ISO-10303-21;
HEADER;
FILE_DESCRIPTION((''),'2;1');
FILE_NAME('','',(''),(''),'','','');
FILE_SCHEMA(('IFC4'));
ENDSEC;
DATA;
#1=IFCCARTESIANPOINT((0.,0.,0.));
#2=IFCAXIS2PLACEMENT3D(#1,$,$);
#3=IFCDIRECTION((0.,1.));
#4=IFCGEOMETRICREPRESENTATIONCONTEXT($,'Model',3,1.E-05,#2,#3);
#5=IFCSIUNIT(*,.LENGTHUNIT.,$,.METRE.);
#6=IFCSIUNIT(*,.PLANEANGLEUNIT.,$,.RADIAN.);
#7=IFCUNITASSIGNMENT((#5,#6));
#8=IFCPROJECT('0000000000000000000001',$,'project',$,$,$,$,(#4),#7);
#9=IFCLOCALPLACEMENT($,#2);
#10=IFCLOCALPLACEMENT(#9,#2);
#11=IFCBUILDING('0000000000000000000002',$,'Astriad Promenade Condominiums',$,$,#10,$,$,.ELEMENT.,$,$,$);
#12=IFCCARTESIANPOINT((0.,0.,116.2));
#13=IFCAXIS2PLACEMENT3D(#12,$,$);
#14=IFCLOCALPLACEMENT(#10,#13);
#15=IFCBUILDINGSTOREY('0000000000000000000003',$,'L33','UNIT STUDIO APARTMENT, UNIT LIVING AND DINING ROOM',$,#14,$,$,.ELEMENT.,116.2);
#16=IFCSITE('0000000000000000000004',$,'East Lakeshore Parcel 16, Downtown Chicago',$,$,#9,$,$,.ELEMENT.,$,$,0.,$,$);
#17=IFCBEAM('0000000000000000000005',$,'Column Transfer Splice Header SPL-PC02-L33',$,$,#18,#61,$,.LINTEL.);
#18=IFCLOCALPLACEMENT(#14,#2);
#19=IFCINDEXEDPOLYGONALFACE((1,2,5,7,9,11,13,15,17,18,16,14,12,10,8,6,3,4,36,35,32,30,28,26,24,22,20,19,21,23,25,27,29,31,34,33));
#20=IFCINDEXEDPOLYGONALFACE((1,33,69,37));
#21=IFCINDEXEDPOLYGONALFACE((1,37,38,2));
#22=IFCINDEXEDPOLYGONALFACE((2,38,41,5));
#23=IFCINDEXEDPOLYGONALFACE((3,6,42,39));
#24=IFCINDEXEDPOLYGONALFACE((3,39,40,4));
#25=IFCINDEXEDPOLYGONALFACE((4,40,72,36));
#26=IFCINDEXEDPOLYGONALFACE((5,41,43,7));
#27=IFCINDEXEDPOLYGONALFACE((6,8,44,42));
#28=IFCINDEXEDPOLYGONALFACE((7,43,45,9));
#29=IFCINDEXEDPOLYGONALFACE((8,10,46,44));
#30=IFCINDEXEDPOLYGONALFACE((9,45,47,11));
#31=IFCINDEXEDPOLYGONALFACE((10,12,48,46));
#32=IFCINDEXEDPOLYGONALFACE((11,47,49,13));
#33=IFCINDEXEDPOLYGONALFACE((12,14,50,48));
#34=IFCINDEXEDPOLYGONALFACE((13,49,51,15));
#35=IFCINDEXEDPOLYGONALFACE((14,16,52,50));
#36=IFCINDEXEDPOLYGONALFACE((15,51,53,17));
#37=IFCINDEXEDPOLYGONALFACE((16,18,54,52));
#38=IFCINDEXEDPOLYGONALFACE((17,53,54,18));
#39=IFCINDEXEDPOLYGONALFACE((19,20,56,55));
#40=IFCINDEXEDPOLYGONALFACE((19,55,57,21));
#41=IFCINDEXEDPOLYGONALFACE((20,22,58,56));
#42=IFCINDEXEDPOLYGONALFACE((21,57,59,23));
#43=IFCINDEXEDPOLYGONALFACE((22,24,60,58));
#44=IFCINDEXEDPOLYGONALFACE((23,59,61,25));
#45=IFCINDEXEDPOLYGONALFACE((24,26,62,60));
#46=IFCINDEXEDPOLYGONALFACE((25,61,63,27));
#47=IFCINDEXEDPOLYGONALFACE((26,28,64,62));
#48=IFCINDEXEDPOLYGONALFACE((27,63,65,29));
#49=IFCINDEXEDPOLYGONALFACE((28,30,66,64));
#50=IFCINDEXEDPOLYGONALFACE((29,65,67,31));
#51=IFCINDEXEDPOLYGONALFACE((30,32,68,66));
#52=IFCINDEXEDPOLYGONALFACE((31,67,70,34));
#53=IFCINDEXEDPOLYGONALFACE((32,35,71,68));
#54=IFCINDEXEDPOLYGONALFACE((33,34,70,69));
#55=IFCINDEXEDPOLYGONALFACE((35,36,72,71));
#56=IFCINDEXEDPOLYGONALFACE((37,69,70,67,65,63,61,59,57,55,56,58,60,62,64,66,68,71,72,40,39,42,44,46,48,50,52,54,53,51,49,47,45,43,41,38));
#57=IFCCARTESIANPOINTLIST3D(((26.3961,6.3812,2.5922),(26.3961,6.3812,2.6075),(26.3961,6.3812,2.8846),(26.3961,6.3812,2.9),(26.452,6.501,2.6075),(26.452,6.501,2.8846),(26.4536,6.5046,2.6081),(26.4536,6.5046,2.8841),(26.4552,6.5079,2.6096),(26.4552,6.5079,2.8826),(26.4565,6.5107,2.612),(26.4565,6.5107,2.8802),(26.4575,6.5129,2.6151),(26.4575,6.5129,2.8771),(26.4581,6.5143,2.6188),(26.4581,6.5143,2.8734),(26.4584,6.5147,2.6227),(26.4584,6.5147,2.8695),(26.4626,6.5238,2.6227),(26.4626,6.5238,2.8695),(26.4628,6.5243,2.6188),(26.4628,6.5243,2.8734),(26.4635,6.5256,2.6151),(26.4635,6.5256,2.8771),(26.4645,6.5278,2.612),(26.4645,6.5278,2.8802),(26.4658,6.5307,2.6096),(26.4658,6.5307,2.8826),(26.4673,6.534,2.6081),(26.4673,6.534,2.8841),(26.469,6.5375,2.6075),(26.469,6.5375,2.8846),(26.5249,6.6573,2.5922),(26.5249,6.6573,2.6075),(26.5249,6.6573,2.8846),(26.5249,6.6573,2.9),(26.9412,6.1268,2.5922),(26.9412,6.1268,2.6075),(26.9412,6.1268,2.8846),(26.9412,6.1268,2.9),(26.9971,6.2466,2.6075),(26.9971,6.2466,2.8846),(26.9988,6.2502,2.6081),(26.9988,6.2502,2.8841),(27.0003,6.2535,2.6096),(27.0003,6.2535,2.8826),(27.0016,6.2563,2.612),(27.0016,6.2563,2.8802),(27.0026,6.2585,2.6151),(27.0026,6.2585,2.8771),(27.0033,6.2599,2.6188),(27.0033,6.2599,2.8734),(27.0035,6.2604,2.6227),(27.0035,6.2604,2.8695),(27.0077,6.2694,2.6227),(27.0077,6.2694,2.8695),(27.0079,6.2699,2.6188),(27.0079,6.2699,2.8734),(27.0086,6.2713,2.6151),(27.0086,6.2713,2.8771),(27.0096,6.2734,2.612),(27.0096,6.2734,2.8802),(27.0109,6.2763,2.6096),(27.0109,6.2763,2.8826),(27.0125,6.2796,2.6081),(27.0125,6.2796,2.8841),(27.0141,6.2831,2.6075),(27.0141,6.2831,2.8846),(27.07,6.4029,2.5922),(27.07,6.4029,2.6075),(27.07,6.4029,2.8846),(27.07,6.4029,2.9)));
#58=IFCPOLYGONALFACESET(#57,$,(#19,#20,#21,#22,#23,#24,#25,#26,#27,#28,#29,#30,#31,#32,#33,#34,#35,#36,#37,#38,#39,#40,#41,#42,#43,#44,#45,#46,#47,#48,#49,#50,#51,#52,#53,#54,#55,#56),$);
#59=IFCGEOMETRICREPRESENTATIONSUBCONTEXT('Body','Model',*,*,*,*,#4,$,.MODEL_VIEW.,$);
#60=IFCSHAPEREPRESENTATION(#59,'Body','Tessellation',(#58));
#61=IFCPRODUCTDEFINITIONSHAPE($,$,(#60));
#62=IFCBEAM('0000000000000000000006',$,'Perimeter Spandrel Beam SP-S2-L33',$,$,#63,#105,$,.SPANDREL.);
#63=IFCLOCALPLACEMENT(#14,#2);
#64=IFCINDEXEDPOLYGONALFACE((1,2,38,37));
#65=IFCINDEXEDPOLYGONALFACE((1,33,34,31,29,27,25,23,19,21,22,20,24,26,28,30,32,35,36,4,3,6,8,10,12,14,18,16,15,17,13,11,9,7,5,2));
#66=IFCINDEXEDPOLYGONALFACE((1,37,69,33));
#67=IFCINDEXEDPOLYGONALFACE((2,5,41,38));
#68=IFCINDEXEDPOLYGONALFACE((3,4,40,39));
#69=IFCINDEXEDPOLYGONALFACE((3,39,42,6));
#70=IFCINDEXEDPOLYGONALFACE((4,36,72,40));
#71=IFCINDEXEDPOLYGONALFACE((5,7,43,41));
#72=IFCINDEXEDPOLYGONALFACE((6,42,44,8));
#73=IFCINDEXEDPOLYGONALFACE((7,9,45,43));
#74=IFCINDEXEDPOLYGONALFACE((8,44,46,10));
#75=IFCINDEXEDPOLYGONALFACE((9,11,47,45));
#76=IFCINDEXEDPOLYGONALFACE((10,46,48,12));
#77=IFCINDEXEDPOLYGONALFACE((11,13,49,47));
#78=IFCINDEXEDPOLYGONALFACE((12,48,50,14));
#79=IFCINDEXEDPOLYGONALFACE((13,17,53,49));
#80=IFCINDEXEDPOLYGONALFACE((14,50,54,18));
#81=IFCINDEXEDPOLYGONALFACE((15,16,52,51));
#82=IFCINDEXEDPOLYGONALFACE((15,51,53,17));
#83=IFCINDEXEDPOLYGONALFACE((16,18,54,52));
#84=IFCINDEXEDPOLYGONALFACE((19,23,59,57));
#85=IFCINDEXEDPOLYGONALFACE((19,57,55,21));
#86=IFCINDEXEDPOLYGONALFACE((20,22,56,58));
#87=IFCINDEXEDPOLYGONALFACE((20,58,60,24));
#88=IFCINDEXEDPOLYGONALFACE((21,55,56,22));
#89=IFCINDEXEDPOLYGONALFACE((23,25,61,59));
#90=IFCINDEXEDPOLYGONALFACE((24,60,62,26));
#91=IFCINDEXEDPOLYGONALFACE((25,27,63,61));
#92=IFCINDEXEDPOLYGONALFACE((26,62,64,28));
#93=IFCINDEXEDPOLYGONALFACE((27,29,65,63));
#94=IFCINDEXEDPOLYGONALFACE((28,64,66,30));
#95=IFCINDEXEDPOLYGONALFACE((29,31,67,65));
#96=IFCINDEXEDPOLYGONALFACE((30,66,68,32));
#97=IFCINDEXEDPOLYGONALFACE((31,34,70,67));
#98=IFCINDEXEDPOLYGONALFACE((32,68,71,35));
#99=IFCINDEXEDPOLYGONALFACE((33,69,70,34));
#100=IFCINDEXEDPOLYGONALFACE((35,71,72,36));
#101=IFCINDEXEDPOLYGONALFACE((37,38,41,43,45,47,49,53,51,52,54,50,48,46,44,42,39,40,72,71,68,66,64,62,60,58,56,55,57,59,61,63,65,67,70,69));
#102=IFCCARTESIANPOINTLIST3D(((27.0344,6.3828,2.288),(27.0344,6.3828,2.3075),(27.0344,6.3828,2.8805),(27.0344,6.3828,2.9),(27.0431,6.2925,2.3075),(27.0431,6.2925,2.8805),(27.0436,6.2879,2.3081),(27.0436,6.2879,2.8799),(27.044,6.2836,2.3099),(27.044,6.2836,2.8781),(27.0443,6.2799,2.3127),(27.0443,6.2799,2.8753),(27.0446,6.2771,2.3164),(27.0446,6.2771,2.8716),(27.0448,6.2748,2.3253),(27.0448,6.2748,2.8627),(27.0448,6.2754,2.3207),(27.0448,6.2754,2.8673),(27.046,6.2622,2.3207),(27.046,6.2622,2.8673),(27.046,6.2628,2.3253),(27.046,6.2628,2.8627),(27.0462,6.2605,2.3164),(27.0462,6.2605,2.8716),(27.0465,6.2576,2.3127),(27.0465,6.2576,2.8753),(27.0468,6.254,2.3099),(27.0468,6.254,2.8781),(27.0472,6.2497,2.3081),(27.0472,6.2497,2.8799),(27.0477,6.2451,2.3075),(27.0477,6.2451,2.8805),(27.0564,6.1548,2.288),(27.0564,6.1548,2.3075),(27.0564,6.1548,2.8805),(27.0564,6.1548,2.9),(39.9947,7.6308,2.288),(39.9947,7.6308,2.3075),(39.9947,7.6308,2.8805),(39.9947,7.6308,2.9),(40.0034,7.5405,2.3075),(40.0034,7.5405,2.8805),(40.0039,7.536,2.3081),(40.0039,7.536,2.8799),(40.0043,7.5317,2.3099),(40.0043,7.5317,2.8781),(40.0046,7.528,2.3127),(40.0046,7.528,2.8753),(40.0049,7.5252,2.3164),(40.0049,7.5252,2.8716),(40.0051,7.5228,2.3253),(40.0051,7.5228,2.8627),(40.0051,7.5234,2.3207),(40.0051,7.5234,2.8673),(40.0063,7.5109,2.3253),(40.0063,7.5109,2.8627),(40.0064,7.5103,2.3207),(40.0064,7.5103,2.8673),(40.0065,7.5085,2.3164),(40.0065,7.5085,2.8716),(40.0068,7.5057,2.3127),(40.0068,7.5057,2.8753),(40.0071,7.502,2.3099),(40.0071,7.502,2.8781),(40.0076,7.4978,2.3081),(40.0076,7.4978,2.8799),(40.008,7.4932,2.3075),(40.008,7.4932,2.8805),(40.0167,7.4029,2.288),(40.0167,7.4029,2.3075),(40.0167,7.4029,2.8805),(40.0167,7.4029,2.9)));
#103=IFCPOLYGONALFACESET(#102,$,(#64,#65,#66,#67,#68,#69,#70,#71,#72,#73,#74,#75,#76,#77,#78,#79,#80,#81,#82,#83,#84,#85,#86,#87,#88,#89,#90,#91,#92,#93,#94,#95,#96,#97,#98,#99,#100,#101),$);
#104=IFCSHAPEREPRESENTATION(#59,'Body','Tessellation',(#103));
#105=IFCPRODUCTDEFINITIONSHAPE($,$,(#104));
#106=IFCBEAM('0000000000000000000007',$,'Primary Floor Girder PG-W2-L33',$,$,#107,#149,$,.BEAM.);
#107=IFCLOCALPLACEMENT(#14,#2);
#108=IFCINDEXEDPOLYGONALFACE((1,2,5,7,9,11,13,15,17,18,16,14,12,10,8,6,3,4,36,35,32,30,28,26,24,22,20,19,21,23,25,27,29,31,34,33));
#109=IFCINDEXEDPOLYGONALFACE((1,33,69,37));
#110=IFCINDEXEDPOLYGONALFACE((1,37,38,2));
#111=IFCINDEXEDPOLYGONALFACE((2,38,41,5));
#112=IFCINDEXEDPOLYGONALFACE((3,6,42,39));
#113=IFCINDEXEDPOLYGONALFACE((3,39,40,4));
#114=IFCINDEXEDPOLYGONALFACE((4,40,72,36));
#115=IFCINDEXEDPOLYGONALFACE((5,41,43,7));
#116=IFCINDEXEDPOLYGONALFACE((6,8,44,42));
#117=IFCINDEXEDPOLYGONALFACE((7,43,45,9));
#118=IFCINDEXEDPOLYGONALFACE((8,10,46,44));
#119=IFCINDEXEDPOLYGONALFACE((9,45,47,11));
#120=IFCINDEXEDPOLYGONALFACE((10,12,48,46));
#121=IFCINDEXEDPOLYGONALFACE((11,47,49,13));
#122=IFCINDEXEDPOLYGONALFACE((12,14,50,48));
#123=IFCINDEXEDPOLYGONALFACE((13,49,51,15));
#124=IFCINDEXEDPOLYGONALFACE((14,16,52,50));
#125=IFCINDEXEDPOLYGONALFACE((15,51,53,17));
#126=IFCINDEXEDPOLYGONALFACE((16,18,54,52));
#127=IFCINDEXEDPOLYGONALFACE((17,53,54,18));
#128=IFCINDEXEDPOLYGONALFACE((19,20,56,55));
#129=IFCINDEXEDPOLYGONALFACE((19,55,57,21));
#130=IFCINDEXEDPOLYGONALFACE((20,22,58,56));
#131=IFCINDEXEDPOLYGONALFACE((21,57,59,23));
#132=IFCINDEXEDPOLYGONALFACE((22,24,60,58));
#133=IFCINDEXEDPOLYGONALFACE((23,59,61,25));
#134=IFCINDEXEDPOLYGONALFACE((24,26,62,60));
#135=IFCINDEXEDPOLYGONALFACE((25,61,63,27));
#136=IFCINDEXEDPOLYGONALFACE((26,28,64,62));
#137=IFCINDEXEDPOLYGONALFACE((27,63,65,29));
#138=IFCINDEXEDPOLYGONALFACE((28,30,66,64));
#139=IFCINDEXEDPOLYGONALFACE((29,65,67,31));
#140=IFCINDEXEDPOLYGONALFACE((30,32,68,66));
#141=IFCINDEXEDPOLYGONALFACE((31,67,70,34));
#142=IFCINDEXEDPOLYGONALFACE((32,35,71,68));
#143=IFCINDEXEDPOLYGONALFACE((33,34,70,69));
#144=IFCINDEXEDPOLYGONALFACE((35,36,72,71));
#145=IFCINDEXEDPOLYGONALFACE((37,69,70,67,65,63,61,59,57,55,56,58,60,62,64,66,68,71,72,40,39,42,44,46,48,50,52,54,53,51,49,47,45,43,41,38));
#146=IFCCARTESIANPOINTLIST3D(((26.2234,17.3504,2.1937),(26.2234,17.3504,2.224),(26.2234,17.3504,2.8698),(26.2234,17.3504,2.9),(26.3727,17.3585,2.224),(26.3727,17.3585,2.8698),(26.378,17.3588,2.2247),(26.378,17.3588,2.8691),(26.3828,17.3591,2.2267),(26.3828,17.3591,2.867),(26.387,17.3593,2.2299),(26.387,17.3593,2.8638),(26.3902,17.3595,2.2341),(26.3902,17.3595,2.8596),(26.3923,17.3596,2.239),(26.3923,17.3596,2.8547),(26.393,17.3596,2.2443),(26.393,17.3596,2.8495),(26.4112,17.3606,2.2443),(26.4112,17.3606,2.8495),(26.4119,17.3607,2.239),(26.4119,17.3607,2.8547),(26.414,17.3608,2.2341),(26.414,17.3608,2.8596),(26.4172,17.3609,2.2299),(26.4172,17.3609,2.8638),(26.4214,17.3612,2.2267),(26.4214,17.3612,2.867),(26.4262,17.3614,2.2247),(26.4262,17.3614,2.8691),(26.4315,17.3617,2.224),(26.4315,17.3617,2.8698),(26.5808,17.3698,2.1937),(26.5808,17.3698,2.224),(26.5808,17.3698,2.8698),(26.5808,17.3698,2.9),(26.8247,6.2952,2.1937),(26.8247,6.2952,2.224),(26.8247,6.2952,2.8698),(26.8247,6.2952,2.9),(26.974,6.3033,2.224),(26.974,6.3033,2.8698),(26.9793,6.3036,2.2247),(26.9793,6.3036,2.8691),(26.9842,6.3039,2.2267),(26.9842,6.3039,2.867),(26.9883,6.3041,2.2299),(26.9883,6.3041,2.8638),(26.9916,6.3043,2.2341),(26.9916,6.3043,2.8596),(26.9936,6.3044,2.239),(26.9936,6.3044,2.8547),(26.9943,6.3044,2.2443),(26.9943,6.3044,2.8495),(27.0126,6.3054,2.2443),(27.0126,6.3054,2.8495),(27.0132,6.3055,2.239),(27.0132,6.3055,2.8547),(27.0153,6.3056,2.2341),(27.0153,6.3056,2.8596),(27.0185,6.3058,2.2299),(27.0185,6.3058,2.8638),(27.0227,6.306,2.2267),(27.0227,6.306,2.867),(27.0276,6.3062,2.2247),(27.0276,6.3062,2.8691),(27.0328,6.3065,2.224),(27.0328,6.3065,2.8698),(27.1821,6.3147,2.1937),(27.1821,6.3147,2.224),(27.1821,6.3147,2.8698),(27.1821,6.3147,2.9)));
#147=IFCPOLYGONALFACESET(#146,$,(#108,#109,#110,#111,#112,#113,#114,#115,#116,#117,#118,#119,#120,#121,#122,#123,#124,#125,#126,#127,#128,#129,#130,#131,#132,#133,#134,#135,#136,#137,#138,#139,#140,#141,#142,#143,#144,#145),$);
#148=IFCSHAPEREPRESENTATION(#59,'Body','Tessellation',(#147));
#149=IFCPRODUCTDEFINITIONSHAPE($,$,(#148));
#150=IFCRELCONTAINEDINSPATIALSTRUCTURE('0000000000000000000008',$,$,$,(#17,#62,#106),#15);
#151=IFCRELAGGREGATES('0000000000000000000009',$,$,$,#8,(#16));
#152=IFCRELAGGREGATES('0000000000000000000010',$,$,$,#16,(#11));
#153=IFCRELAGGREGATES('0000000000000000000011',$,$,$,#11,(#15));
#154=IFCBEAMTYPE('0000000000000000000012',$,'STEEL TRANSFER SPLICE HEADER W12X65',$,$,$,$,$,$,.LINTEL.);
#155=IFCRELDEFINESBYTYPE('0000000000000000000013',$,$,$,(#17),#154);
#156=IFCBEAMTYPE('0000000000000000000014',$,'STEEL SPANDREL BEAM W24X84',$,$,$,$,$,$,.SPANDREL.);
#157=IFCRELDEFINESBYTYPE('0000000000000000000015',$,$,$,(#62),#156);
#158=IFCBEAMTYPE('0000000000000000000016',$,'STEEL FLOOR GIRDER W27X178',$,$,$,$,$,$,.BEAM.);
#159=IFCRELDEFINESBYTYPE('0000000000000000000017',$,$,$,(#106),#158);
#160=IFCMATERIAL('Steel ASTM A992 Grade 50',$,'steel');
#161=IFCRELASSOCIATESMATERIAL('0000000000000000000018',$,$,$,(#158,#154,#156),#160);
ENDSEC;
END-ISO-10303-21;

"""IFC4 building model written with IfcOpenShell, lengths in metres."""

from ifc_helpers import new_model, si_unit, direction, frame, origin, origin_2d, place, context, subcontext, project, spatial, i_section, extrude, source, transform, mapped, material, material_profile, profile_set, type_object, type_shapes, element, save


model = new_model("IFC4")

# Units and contexts
model_context = context("Model", 3, precision=1e-05, world=origin(), true_north=direction((0.0, 1.0)))
body_context = subcontext(model_context, "Body", "Model", "MODEL_VIEW")
ifc_project = project(units=[si_unit("LENGTHUNIT", "METRE"), si_unit("PLANEANGLEUNIT", "RADIAN")], contexts=[model_context])

# Site, building, storey
site_placement = place(None, origin())
site = spatial("IfcSite", under=ifc_project, at=site_placement, Name="East Lakeshore Parcel 16, Downtown Chicago", CompositionType="ELEMENT", RefElevation=0.0)
building_placement = place(site_placement, origin())
building = spatial("IfcBuilding", under=site, at=building_placement, Name="Astriad Promenade Condominiums", CompositionType="ELEMENT")
storey_placement = place(building_placement, frame((0.0, 0.0, 116.2)))
storey = spatial("IfcBuildingStorey", under=building, at=storey_placement, Name="L33", Description="UNIT STUDIO APARTMENT, UNIT LIVING AND DINING ROOM", CompositionType="ELEMENT", Elevation=116.2)

# Shared definitions
ifc_material_1 = material(Name="Steel ASTM A992 Grade 50", Category="steel")

# Beams
ifc_material_profile_1 = material_profile(ifc_material_1, i_section(OverallWidth=0.3579, OverallDepth=0.7063, WebThickness=0.0183, FlangeThickness=0.0303, FilletRadius=0.0203, at=origin_2d()), Name="W27X178")
ifc_profile_set_1 = profile_set([ifc_material_profile_1], Name="Steel ASTM A992 Grade 50")
beam_type_1 = type_object("IfcBeamType", Name="STEEL FLOOR GIRDER W27X178", PredefinedType="BEAM", material=ifc_profile_set_1)
ifc_material_profile_2 = material_profile(ifc_material_1, i_section(OverallWidth=0.3047, OverallDepth=0.3079, WebThickness=0.01, FlangeThickness=0.0154, FilletRadius=0.0151, at=origin_2d()), Name="W12X65")
ifc_profile_set_2 = profile_set([ifc_material_profile_2], Name="Steel ASTM A992 Grade 50")
beam_type_2 = type_object("IfcBeamType", Name="STEEL TRANSFER SPLICE HEADER W12X65", PredefinedType="LINTEL", material=ifc_profile_set_2)
shared_shape_1 = source(origin(), body_context, "Body", "SweptSolid", [
    extrude(i_section(OverallWidth=0.3047, OverallDepth=0.3079, WebThickness=0.01, FlangeThickness=0.0154, FilletRadius=0.0151, at=origin_2d()), origin(), (0.0, 0.0, 1.0), 0.6016),
])
type_shapes(beam_type_2, [shared_shape_1])
beam_1_placement = place(storey_placement, frame((27.0056, 6.2649, 2.7461), z_axis=(-0.906194, 0.422863, 0.0), x_axis=(-0.422863, -0.906194, 0.0)))
element("IfcBeam", 1, at=beam_1_placement, inside=storey, type_object=beam_type_2, Name="Column Transfer Splice Header SPL-PC02-L33", PredefinedType="LINTEL", context=body_context, shape_type="MappedRepresentation", body=[
    mapped(shared_shape_1, transform((0.0, 0.0, 0.0), scale=1.0)),
])
ifc_material_profile_3 = material_profile(ifc_material_1, i_section(OverallWidth=0.229, OverallDepth=0.6121, WebThickness=0.012, FlangeThickness=0.0195, FilletRadius=0.0178, at=origin_2d()), Name="W24X84")
ifc_profile_set_3 = profile_set([ifc_material_profile_3], Name="Steel ASTM A992 Grade 50")
beam_type_3 = type_object("IfcBeamType", Name="STEEL SPANDREL BEAM W24X84", PredefinedType="SPANDREL", material=ifc_profile_set_3)
shared_shape_2 = source(origin(), body_context, "Body", "SweptSolid", [
    extrude(i_section(OverallWidth=0.229, OverallDepth=0.6121, WebThickness=0.012, FlangeThickness=0.0195, FilletRadius=0.0178, at=origin_2d()), origin(), (0.0, 0.0, 1.0), 13.0203),
])
type_shapes(beam_type_3, [shared_shape_2])
beam_2_placement = place(storey_placement, frame((27.0454, 6.2688, 2.594), z_axis=(0.995395, 0.095855, 0.0), x_axis=(-0.095855, 0.995395, 0.0)))
element("IfcBeam", 2, at=beam_2_placement, inside=storey, type_object=beam_type_3, Name="Perimeter Spandrel Beam SP-S2-L33", PredefinedType="SPANDREL", context=body_context, shape_type="MappedRepresentation", body=[
    mapped(shared_shape_2, transform((0.0, 0.0, 0.0), scale=1.0)),
])
shared_shape_3 = source(origin(), body_context, "Body", "SweptSolid", [
    extrude(i_section(OverallWidth=0.3579, OverallDepth=0.7063, WebThickness=0.0183, FlangeThickness=0.0303, FilletRadius=0.0203, at=origin_2d()), origin(), (0.0, 0.0, 1.0), 11.0715),
])
beam_3_placement = place(storey_placement, frame((27.0034, 6.3049, 2.5469), z_axis=(-0.054312, 0.998524, 0.0), x_axis=(-0.998524, -0.054312, 0.0)))
element("IfcBeam", 3, at=beam_3_placement, inside=storey, type_object=beam_type_1, Name="Primary Floor Girder PG-W2-L33", PredefinedType="BEAM", context=body_context, shape_type="MappedRepresentation", body=[
    mapped(shared_shape_3, transform((0.0, 0.0, 0.0), scale=1.0)),
])

save(model, "model.ifc")
